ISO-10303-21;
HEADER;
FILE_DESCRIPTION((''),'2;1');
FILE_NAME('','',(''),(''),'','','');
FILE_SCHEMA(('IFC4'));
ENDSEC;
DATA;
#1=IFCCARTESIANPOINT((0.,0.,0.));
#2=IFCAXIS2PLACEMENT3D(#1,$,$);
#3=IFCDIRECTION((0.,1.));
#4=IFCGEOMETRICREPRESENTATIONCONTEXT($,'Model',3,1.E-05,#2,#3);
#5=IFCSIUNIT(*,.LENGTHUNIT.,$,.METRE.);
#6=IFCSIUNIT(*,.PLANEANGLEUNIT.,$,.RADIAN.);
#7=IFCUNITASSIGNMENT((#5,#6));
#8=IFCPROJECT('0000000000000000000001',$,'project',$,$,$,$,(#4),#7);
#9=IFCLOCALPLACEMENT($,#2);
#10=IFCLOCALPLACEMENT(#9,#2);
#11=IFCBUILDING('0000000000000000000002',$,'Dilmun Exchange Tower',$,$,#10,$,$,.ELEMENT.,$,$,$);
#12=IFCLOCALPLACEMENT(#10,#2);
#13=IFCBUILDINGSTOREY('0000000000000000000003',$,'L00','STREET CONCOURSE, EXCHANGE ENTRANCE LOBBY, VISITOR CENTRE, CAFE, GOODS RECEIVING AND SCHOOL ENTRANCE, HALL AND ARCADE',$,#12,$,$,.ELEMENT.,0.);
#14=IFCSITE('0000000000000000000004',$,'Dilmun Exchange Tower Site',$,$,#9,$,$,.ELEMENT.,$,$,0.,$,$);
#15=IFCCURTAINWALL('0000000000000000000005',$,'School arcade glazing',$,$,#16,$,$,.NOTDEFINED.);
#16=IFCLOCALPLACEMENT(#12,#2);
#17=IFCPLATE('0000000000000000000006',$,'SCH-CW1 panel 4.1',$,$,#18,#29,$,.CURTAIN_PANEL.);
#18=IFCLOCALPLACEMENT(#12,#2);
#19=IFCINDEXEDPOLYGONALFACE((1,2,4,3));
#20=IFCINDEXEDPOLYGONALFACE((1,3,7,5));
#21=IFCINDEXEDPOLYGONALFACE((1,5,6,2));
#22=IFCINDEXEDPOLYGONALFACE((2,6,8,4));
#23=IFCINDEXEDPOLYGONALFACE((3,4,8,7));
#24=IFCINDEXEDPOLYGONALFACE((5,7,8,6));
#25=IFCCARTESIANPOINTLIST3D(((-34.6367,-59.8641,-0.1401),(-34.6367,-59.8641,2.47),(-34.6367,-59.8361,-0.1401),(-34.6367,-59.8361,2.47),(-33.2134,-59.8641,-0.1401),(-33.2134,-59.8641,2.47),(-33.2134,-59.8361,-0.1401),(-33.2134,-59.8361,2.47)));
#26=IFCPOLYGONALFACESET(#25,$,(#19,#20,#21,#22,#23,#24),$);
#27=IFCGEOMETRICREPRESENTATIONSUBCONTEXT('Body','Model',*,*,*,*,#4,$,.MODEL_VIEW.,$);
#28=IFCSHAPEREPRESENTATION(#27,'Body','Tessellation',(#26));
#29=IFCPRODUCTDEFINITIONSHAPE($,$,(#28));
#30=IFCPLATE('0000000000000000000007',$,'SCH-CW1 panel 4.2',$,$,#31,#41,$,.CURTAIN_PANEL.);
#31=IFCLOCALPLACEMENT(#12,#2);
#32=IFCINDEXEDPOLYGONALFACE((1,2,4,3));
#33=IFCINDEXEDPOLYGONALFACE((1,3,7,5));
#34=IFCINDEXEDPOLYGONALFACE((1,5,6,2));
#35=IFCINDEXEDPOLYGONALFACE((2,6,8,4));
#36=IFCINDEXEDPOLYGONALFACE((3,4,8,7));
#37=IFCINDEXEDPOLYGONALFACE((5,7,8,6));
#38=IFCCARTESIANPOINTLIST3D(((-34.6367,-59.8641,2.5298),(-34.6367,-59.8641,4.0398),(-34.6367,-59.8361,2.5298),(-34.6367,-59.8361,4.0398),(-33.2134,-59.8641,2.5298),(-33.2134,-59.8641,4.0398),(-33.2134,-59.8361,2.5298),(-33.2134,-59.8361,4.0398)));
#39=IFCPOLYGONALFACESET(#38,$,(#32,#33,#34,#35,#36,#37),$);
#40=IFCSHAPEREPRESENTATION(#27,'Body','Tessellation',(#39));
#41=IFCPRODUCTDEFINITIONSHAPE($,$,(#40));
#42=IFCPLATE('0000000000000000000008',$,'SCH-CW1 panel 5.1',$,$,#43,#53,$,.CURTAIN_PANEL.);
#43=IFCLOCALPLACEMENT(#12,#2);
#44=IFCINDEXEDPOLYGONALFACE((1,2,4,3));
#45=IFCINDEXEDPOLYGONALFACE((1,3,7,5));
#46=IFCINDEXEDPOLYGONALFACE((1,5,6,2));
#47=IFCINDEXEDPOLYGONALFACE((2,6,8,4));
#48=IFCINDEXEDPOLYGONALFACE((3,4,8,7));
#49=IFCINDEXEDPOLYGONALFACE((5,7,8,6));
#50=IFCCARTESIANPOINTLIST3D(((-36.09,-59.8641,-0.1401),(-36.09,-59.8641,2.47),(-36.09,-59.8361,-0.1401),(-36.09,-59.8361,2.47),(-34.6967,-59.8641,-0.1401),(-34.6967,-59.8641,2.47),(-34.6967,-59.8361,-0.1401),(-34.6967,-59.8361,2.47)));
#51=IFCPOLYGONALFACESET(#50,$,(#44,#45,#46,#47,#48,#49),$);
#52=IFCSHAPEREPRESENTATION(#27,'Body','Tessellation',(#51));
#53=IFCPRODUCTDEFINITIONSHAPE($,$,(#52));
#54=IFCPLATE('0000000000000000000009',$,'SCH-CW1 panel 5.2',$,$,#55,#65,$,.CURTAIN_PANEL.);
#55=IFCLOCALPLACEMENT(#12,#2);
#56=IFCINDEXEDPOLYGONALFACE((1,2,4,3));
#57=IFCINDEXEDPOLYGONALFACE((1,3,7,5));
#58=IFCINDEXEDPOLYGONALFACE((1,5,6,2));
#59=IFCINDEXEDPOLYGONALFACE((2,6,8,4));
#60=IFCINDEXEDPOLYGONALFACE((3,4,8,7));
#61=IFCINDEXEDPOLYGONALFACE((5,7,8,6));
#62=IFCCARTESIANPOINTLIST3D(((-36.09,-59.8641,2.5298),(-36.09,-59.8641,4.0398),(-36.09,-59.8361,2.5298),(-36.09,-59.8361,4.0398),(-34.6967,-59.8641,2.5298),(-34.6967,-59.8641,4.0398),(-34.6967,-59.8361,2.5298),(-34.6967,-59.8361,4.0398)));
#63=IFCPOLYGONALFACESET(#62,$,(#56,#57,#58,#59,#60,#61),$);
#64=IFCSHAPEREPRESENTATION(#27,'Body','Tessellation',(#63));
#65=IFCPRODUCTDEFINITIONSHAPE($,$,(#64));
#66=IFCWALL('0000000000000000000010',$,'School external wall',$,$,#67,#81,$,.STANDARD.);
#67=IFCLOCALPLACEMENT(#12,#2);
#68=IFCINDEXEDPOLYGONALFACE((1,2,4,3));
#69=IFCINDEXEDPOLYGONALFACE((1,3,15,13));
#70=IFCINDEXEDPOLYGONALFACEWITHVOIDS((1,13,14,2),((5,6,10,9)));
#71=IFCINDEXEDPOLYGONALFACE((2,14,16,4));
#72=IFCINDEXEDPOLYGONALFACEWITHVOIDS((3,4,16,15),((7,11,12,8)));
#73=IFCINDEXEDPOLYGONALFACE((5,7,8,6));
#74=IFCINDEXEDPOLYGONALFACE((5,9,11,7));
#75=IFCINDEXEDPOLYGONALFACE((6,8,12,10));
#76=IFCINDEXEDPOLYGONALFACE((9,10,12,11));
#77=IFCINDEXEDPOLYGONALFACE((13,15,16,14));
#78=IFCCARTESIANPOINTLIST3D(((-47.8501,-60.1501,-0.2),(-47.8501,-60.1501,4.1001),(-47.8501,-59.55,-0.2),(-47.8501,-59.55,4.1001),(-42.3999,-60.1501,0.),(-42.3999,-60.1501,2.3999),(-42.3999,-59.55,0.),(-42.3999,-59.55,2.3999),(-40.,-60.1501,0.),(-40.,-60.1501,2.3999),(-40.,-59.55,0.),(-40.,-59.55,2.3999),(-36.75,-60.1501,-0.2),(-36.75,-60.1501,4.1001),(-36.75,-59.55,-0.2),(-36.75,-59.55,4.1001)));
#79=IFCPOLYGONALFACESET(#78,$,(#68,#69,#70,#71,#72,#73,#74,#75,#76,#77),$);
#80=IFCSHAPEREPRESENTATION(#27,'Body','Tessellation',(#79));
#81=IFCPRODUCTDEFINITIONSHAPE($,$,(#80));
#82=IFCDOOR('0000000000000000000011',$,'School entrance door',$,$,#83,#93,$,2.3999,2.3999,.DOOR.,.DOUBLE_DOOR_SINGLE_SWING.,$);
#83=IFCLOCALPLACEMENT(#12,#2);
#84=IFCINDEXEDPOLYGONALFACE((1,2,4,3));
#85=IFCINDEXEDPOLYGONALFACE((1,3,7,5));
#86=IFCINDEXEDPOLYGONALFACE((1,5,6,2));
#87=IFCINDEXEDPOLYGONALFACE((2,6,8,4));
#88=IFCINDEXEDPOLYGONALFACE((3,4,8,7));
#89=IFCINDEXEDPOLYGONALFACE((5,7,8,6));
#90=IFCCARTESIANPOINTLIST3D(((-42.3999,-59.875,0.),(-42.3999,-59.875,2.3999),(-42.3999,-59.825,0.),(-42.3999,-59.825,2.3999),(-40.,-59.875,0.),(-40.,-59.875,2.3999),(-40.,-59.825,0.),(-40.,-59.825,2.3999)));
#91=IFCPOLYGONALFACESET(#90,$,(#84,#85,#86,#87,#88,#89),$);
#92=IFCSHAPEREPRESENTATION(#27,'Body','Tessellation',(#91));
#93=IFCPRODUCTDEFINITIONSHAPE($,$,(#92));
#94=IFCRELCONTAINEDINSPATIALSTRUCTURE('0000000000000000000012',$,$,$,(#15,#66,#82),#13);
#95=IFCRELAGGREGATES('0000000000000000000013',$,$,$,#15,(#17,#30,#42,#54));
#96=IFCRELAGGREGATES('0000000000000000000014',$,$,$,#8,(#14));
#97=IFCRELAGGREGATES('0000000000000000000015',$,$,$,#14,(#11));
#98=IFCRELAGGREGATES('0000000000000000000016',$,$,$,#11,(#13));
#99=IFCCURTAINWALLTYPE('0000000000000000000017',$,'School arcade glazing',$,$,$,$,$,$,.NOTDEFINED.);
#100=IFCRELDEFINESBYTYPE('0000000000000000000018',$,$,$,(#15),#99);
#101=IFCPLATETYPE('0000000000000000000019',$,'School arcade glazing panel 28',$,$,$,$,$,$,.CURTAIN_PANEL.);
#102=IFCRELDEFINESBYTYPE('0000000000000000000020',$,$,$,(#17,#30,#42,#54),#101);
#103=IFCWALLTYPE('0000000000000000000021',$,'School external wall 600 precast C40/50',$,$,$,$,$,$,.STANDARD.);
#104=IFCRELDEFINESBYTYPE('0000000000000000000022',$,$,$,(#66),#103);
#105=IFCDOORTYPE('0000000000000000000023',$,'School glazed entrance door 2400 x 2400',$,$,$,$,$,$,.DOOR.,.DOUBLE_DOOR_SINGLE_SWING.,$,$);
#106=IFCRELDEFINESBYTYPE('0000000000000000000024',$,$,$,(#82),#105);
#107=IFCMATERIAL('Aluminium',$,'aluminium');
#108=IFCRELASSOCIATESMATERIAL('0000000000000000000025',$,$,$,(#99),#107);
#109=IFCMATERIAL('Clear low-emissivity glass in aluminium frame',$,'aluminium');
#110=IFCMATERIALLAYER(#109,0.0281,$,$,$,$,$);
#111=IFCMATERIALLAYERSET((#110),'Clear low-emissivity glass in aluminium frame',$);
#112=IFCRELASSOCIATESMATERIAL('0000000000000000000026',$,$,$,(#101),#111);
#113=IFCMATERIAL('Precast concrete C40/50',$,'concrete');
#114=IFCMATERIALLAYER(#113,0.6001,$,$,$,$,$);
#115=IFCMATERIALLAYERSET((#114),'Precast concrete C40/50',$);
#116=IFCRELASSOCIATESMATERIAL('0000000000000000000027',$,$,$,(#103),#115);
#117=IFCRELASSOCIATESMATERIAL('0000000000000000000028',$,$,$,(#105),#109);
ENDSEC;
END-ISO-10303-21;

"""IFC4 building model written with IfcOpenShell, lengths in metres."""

from ifc_helpers import new_model, si_unit, direction, frame, frame_2d, origin, origin_2d, place, context, subcontext, project, spatial, rectangle, extrude, material, layer, layer_set, type_object, element, fill, aggregate, save


model = new_model("IFC4")

# Units and contexts
model_context = context("Model", 3, precision=1e-05, world=origin(), true_north=direction((0.0, 1.0)))
body_context = subcontext(model_context, "Body", "Model", "MODEL_VIEW")
ifc_project = project(units=[si_unit("LENGTHUNIT", "METRE"), si_unit("PLANEANGLEUNIT", "RADIAN")], contexts=[model_context])

# Site, building, storey
site_placement = place(None, origin())
site = spatial("IfcSite", under=ifc_project, at=site_placement, Name="Dilmun Exchange Tower Site", CompositionType="ELEMENT", RefElevation=0.0)
building_placement = place(site_placement, origin())
building = spatial("IfcBuilding", under=site, at=building_placement, Name="Dilmun Exchange Tower", CompositionType="ELEMENT")
storey_placement = place(building_placement, origin())
storey = spatial("IfcBuildingStorey", under=building, at=storey_placement, Name="L00", Description="STREET CONCOURSE, EXCHANGE ENTRANCE LOBBY, VISITOR CENTRE, CAFE, GOODS RECEIVING AND SCHOOL ENTRANCE, HALL AND ARCADE", CompositionType="ELEMENT", Elevation=0.0)

# Curtain wall, plates
ifc_material_1 = material(Name="Aluminium", Category="aluminium")
curtain_wall_type = type_object("IfcCurtainWallType", Name="School arcade glazing", PredefinedType="NOTDEFINED", material=ifc_material_1)
curtain_wall_placement = place(storey_placement, origin())
curtain_wall = element("IfcCurtainWall", 1, at=curtain_wall_placement, inside=storey, type_object=curtain_wall_type, Name="School arcade glazing", PredefinedType="NOTDEFINED")
ifc_material_2 = material(Name="Clear low-emissivity glass in aluminium frame", Category="aluminium")
ifc_layer_1 = layer(ifc_material_2, 0.0281)
ifc_layer_set_1 = layer_set([ifc_layer_1], Name="Clear low-emissivity glass in aluminium frame")
plate_type = type_object("IfcPlateType", Name="School arcade glazing panel 28", PredefinedType="CURTAIN_PANEL", material=ifc_layer_set_1)
plate_1_placement = place(storey_placement, frame((-33.925, -59.8501, -0.1401), z_axis=(0.0, 0.0, 1.0), x_axis=(-1.0, 0.0, 0.0)))
plate_1 = element("IfcPlate", 2, at=plate_1_placement, type_object=plate_type, Name="SCH-CW1 panel 4.1", PredefinedType="CURTAIN_PANEL", context=body_context, shape_type="SweptSolid", body=[
    extrude(rectangle(XDim=1.4233, YDim=0.0281, at=origin_2d()), origin(), (0.0, 0.0, 1.0), 2.6101),
])
plate_2_placement = place(storey_placement, frame((-33.925, -59.8501, 2.5298), z_axis=(0.0, 0.0, 1.0), x_axis=(-1.0, 0.0, 0.0)))
plate_2 = element("IfcPlate", 3, at=plate_2_placement, type_object=plate_type, Name="SCH-CW1 panel 4.2", PredefinedType="CURTAIN_PANEL", context=body_context, shape_type="SweptSolid", body=[
    extrude(rectangle(XDim=1.4233, YDim=0.0281, at=origin_2d()), origin(), (0.0, 0.0, 1.0), 1.51),
])
plate_3_placement = place(storey_placement, frame((-35.3933, -59.8501, -0.1401), z_axis=(0.0, 0.0, 1.0), x_axis=(-1.0, 0.0, 0.0)))
plate_3 = element("IfcPlate", 4, at=plate_3_placement, type_object=plate_type, Name="SCH-CW1 panel 5.1", PredefinedType="CURTAIN_PANEL", context=body_context, shape_type="SweptSolid", body=[
    extrude(rectangle(XDim=1.3933, YDim=0.0281, at=origin_2d()), origin(), (0.0, 0.0, 1.0), 2.6101),
])
plate_4_placement = place(storey_placement, frame((-35.3933, -59.8501, 2.5298), z_axis=(0.0, 0.0, 1.0), x_axis=(-1.0, 0.0, 0.0)))
plate_4 = element("IfcPlate", 5, at=plate_4_placement, type_object=plate_type, Name="SCH-CW1 panel 5.2", PredefinedType="CURTAIN_PANEL", context=body_context, shape_type="SweptSolid", body=[
    extrude(rectangle(XDim=1.3933, YDim=0.0281, at=origin_2d()), origin(), (0.0, 0.0, 1.0), 1.51),
])
aggregate(curtain_wall, [plate_1, plate_2, plate_3, plate_4])

# Wall, opening, door
ifc_material_3 = material(Name="Precast concrete C40/50", Category="concrete")
ifc_layer_2 = layer(ifc_material_3, 0.6001)
ifc_layer_set_2 = layer_set([ifc_layer_2], Name="Precast concrete C40/50")
wall_type = type_object("IfcWallType", Name="School external wall 600 precast C40/50", PredefinedType="STANDARD", material=ifc_layer_set_2)
wall_placement = place(storey_placement, frame((-36.75, -59.8501, -0.2), z_axis=(0.0, 0.0, 1.0), x_axis=(-1.0, 0.0, 0.0)))
wall = element("IfcWall", 6, at=wall_placement, inside=storey, type_object=wall_type, Name="School external wall", PredefinedType="STANDARD", context=body_context, shape_type="SweptSolid", body=[
    extrude(rectangle(XDim=11.1001, YDim=0.6001, at=frame_2d((5.55, 0.0))), origin(), (0.0, 0.0, 1.0), 4.3),
])
opening_placement = place(wall_placement, frame((3.25, 0.0, 0.2)))
opening = element("IfcOpeningElement", 7, at=opening_placement, cuts=wall, PredefinedType="OPENING", context=body_context, shape_type="SweptSolid", body=[
    extrude(rectangle(XDim=2.3999, YDim=2.3999, at=frame_2d((1.2, 1.2))), frame((0.0, 0.3101, 0.0), z_axis=(0.0, -1.0, 0.0), x_axis=(1.0, 0.0, 0.0)), (0.0, 0.0, 1.0), 0.6201),
])
door_type = type_object("IfcDoorType", Name="School glazed entrance door 2400 x 2400", OperationType="DOUBLE_DOOR_SINGLE_SWING", PredefinedType="DOOR", material=ifc_material_2)
door_placement = place(opening_placement, origin())
door = element("IfcDoor", 8, at=door_placement, inside=storey, type_object=door_type, Name="School entrance door", OperationType="DOUBLE_DOOR_SINGLE_SWING", OverallHeight=2.3999, OverallWidth=2.3999, PredefinedType="DOOR", context=body_context, shape_type="SweptSolid", body=[
    extrude(rectangle(XDim=2.3999, YDim=2.3999, at=frame_2d((1.2, 1.2))), frame((0.0, 0.0249, 0.0), z_axis=(0.0, -1.0, 0.0), x_axis=(1.0, 0.0, 0.0)), (0.0, 0.0, 1.0), 0.05),
])
fill(opening, door)

save(model, "model.ifc")
